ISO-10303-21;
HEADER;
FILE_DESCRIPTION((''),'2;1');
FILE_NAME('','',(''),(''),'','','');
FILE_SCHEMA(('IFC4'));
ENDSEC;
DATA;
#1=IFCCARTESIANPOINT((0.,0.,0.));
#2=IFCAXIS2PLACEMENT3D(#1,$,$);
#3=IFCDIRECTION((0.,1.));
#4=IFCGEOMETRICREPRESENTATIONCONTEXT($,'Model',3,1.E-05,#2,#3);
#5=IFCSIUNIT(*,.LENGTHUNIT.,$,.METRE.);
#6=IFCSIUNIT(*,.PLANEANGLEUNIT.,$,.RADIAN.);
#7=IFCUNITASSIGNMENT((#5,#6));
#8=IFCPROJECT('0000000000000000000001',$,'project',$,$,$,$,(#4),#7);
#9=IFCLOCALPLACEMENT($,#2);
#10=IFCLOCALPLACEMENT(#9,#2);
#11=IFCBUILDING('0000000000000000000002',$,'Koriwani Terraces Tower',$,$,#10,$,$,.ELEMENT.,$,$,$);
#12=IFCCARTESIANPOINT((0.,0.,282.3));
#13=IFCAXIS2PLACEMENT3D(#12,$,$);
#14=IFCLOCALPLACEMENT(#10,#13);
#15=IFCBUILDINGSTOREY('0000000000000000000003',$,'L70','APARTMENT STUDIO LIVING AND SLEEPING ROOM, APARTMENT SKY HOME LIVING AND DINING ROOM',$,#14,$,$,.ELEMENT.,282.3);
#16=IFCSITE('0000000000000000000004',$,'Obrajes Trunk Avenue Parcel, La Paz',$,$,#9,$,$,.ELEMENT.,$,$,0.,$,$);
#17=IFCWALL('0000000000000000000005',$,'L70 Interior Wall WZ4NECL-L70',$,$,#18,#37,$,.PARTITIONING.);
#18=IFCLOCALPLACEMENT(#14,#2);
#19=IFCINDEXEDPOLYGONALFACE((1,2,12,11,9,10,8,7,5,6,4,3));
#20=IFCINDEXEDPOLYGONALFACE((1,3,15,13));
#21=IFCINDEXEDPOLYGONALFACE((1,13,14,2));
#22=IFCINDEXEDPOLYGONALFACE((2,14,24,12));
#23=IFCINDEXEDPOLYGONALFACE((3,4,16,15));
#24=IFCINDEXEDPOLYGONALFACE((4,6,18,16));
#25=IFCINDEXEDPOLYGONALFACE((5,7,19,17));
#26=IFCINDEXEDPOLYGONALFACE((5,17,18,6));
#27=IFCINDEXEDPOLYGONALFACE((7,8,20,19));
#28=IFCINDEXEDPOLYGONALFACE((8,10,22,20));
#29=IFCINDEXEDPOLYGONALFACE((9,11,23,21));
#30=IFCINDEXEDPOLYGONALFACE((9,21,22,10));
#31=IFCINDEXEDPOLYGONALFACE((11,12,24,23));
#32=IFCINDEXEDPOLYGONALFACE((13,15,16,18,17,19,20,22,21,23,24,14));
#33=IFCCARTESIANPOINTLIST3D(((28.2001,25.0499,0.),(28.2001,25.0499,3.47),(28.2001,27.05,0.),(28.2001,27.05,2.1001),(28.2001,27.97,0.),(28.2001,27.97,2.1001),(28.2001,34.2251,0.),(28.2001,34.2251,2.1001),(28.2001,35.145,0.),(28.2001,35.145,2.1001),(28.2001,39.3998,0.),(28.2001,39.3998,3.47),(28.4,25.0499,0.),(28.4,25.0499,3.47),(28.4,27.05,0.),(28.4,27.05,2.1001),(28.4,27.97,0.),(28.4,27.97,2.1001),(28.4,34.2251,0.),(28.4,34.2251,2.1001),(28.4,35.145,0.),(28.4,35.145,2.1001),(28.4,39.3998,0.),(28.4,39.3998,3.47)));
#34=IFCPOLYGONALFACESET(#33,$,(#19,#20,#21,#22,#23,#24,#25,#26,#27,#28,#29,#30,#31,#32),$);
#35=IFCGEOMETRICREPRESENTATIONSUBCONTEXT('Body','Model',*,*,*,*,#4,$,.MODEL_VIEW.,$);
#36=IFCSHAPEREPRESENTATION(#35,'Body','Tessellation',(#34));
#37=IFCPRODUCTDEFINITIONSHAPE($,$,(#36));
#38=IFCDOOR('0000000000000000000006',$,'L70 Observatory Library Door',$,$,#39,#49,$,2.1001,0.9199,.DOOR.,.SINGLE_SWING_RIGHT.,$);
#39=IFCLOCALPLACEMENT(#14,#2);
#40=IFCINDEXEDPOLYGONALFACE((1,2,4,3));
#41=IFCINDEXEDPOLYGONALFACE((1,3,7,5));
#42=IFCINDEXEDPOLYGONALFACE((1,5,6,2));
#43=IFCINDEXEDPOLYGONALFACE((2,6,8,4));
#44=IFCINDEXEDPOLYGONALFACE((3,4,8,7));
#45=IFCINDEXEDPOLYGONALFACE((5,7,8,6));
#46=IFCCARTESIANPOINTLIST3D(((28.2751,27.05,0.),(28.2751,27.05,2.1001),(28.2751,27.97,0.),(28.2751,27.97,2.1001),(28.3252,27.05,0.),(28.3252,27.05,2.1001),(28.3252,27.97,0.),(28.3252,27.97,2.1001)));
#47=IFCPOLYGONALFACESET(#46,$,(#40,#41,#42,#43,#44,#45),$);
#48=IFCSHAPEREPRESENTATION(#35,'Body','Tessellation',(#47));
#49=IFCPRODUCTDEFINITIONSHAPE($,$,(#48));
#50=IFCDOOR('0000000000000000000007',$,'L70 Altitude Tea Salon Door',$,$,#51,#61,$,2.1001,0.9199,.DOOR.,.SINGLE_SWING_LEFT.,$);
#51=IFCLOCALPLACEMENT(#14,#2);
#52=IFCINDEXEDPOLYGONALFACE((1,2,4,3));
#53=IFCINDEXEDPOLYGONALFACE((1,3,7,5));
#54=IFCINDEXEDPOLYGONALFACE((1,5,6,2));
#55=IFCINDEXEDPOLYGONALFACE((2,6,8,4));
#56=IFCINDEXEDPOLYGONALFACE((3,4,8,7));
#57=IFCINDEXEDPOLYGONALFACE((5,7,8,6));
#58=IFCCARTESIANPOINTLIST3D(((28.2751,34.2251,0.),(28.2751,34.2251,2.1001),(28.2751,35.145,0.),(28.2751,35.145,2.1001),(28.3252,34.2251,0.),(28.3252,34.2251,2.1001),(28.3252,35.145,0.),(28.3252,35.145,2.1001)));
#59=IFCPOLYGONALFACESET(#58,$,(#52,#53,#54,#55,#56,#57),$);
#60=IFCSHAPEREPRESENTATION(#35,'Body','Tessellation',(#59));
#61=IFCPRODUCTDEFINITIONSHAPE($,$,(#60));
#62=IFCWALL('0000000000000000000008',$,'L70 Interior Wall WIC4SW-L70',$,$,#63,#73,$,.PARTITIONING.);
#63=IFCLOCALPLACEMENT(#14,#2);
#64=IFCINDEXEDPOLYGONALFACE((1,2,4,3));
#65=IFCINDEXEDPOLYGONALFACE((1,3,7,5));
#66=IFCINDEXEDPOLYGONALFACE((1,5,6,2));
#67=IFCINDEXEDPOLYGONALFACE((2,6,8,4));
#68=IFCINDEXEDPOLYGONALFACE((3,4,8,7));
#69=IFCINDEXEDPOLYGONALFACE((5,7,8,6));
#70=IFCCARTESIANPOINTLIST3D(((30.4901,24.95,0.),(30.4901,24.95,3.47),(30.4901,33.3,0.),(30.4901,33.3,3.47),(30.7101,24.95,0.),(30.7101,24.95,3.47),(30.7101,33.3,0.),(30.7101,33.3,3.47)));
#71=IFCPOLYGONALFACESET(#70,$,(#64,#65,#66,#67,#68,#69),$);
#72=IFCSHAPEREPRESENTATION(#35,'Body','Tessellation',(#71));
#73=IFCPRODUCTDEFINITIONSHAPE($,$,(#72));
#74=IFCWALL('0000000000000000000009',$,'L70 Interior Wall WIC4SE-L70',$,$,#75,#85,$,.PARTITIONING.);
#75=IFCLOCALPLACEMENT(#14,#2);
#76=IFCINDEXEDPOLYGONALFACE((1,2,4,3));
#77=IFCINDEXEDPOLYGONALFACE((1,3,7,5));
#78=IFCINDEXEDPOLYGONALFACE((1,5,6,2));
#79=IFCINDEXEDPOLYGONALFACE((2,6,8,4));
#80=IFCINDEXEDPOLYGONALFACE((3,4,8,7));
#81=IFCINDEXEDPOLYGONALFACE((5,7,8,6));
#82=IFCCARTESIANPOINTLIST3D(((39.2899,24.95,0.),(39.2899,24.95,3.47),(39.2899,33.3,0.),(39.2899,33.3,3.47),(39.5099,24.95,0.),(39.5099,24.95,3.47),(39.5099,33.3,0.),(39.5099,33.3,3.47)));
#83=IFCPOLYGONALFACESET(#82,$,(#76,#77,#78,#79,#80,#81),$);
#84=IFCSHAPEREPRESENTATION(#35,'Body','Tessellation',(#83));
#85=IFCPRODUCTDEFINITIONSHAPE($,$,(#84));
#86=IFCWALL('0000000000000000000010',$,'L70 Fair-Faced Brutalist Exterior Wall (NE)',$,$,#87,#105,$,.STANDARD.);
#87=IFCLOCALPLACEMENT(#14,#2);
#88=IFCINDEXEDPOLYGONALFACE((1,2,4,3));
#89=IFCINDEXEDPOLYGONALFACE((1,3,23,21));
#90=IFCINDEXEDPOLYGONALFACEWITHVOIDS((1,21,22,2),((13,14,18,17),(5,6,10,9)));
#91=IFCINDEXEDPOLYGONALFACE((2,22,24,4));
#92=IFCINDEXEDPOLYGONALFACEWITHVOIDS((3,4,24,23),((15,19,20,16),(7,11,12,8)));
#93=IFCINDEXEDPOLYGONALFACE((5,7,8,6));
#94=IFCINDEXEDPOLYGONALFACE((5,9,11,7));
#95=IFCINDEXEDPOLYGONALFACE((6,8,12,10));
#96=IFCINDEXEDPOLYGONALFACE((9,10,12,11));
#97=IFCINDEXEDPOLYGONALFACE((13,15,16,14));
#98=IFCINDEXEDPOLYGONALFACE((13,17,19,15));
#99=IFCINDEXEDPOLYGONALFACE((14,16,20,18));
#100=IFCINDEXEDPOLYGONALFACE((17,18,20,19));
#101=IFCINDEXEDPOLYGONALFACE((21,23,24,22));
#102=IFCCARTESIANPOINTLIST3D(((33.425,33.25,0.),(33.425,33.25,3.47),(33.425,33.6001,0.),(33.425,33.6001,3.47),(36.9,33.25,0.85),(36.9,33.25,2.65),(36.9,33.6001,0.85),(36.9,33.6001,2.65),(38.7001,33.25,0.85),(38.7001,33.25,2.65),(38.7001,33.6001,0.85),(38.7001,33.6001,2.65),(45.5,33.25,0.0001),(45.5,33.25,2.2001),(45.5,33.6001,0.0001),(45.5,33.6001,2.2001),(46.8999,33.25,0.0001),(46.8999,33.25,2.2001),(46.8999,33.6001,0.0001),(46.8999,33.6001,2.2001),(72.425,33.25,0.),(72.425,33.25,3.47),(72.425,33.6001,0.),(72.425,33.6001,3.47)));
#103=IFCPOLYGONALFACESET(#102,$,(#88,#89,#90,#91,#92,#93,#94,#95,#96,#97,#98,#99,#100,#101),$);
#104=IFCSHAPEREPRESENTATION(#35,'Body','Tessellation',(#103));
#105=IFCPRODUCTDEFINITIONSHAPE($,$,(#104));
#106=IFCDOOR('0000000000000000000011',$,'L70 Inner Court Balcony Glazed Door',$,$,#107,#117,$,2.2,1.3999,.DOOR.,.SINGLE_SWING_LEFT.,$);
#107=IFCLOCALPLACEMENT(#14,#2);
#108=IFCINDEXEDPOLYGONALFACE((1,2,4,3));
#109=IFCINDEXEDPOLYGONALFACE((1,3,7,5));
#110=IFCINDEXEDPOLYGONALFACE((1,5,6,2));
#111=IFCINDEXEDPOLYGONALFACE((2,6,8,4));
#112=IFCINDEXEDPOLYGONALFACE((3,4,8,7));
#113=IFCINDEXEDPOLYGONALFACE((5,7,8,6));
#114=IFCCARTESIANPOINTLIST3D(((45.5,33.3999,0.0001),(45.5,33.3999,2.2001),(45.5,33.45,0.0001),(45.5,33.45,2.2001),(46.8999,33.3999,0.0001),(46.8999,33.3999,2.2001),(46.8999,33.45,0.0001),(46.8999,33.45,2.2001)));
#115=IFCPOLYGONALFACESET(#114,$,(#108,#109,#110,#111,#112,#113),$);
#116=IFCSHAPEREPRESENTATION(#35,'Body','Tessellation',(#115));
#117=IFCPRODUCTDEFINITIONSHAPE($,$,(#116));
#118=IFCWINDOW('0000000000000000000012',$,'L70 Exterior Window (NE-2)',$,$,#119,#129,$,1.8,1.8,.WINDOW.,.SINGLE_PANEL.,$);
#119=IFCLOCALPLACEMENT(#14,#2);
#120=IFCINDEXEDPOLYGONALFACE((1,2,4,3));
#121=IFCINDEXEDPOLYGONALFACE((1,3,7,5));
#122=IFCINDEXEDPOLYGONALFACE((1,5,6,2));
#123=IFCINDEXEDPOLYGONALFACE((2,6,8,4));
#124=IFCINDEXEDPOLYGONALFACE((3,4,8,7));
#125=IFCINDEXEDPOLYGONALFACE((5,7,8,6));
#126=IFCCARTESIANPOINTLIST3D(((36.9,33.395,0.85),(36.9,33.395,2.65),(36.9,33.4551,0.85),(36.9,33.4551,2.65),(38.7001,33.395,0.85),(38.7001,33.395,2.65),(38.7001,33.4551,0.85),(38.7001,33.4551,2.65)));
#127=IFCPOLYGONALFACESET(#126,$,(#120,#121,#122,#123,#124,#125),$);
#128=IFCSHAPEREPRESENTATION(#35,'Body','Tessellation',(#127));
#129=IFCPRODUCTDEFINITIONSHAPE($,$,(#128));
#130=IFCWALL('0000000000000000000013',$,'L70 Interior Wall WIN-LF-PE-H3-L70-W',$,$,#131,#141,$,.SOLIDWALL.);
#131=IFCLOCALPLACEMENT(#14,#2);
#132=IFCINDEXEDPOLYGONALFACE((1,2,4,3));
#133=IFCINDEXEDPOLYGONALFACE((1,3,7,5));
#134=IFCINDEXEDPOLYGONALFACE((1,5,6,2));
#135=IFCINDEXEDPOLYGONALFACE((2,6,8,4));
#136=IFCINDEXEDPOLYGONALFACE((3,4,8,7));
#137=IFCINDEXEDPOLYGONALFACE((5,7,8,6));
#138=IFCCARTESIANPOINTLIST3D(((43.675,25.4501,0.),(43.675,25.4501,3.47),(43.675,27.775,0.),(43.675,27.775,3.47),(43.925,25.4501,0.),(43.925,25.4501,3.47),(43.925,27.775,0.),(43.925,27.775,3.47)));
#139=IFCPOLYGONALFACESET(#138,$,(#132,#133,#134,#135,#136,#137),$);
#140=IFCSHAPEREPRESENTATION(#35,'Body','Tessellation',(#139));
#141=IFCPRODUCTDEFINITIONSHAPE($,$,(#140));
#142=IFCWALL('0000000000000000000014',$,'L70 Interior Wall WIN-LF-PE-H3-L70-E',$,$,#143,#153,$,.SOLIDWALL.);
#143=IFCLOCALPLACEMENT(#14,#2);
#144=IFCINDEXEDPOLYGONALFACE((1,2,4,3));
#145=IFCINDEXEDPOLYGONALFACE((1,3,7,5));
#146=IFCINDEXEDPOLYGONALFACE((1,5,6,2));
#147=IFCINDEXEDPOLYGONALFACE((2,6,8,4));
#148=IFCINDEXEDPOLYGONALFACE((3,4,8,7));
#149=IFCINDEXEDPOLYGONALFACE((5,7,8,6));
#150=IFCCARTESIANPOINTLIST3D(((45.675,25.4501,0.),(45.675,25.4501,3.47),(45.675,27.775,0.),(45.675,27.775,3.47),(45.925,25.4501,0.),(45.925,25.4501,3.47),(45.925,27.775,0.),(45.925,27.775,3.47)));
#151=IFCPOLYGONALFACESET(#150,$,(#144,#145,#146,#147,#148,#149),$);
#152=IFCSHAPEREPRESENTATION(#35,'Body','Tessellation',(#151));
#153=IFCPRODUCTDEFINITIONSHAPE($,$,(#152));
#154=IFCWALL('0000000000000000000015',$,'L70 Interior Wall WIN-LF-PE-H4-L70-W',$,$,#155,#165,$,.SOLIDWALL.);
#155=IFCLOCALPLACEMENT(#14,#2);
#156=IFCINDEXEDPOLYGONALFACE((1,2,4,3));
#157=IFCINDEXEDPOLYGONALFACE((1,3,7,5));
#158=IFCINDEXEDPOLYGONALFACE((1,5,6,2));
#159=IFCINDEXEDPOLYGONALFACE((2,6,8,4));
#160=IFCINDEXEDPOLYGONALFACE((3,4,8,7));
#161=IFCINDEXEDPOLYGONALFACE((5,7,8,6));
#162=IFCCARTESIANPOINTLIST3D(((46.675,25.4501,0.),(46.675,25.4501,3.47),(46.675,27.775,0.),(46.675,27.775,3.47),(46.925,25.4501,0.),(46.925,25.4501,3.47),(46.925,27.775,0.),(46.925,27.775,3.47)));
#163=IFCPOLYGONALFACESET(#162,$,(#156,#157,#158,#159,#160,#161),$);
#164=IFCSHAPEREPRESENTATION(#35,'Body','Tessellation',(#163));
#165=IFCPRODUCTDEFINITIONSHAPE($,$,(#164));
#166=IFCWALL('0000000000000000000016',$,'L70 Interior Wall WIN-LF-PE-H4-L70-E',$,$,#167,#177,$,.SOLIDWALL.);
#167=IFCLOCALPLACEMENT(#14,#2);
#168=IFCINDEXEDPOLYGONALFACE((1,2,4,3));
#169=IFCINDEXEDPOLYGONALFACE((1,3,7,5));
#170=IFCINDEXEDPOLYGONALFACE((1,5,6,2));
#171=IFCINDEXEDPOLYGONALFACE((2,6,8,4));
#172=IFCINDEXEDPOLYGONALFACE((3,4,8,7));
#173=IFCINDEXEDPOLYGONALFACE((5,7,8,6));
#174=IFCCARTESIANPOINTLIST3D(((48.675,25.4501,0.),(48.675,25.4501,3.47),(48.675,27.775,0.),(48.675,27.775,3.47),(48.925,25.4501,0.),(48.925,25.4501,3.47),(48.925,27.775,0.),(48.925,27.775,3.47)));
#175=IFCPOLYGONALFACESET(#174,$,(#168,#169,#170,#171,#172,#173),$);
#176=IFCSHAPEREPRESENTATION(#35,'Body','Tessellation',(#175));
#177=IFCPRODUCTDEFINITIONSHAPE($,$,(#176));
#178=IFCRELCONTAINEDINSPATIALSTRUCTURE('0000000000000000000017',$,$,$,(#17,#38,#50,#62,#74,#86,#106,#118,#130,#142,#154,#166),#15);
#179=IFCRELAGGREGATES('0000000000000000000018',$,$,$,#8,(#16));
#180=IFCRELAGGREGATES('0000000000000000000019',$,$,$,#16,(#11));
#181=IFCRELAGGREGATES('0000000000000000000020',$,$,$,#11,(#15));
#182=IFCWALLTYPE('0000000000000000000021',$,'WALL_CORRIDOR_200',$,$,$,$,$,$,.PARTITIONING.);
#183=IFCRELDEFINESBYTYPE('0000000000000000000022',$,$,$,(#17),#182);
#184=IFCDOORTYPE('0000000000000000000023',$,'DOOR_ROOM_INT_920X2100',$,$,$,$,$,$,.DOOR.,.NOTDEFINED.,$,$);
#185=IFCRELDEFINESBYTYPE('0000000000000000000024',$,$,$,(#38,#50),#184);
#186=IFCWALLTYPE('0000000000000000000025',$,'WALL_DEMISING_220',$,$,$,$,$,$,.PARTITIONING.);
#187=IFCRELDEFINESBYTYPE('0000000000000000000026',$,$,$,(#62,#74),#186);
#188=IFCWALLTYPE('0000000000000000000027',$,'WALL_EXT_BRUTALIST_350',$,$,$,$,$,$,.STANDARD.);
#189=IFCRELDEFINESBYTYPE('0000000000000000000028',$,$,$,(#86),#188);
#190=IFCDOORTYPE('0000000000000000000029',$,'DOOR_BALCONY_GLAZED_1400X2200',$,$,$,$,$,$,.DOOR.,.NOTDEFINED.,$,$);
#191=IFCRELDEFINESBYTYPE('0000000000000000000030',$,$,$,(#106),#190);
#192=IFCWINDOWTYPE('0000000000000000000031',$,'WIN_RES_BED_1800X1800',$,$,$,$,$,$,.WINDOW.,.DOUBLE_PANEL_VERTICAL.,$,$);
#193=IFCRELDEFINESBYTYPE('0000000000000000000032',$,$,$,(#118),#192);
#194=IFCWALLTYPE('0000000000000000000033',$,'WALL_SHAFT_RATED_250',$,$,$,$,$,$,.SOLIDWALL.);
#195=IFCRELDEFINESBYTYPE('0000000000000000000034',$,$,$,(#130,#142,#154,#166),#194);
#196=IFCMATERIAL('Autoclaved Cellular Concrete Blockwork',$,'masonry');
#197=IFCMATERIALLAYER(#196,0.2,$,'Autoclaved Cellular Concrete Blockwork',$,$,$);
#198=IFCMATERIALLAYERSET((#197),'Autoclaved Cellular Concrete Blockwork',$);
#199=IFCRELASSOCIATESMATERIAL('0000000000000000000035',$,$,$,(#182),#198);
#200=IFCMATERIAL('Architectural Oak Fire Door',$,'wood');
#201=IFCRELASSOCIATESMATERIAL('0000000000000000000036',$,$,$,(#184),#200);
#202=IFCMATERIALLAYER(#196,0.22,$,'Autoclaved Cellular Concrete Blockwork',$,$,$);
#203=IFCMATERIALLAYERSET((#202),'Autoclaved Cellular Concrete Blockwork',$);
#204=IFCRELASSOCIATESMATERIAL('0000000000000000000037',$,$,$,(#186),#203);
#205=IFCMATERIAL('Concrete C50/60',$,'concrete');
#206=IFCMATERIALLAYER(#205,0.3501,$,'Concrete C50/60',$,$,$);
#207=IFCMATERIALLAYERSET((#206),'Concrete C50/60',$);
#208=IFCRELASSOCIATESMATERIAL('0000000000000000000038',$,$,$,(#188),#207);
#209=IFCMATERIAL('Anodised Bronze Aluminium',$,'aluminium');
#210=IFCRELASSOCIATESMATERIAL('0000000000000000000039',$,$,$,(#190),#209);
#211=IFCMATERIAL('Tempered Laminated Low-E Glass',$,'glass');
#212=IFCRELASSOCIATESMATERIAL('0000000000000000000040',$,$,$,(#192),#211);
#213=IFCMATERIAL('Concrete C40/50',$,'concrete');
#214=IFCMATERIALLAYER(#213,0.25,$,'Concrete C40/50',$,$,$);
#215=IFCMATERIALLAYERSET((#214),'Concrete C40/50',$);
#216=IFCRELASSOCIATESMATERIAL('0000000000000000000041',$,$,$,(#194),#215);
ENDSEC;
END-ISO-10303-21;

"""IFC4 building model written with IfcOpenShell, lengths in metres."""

from ifc_helpers import new_model, si_unit, direction, frame, frame_2d, origin, place, context, subcontext, project, spatial, rectangle, extrude, material, layer, layer_set, type_object, element, fill, save


model = new_model("IFC4")

# Units and contexts
model_context = context("Model", 3, precision=1e-05, world=origin(), true_north=direction((0.0, 1.0)))
body_context = subcontext(model_context, "Body", "Model", "MODEL_VIEW")
ifc_project = project(units=[si_unit("LENGTHUNIT", "METRE"), si_unit("PLANEANGLEUNIT", "RADIAN")], contexts=[model_context])

# Site, building, storey
site_placement = place(None, origin())
site = spatial("IfcSite", under=ifc_project, at=site_placement, Name="Obrajes Trunk Avenue Parcel, La Paz", CompositionType="ELEMENT", RefElevation=0.0)
building_placement = place(site_placement, origin())
building = spatial("IfcBuilding", under=site, at=building_placement, Name="Koriwani Terraces Tower", CompositionType="ELEMENT")
storey_placement = place(building_placement, frame((0.0, 0.0, 282.3)))
storey = spatial("IfcBuildingStorey", under=building, at=storey_placement, Name="L70", Description="APARTMENT STUDIO LIVING AND SLEEPING ROOM, APARTMENT SKY HOME LIVING AND DINING ROOM", CompositionType="ELEMENT", Elevation=282.3)

# Shared definitions
ifc_material_1 = material(Name="Concrete C50/60", Category="concrete")

# Shared definitions
ifc_material_2 = material(Name="Autoclaved Cellular Concrete Blockwork", Category="masonry")
ifc_layer_1 = layer(ifc_material_2, 0.2, Name="Autoclaved Cellular Concrete Blockwork")
ifc_layer_set_1 = layer_set([ifc_layer_1], Name="Autoclaved Cellular Concrete Blockwork")
wall_type_1 = type_object("IfcWallType", Name="WALL_CORRIDOR_200", PredefinedType="PARTITIONING", material=ifc_layer_set_1)
ifc_material_3 = material(Name="Architectural Oak Fire Door", Category="wood")
door_type_1 = type_object("IfcDoorType", Name="DOOR_ROOM_INT_920X2100", OperationType="NOTDEFINED", PredefinedType="DOOR", material=ifc_material_3)

# Wall, openings, doors
wall_1_placement = place(storey_placement, frame((28.3, 25.05, 0.0), z_axis=(0.0, 0.0, 1.0), x_axis=(0.0, 1.0, 0.0)))
wall_1 = element("IfcWall", 1, at=wall_1_placement, inside=storey, type_object=wall_type_1, Name="L70 Interior Wall WZ4NECL-L70", PredefinedType="PARTITIONING", context=body_context, shape_type="SweptSolid", body=[
    extrude(rectangle(XDim=14.3499, YDim=0.2, at=frame_2d((7.1748, 0.0))), origin(), (0.0, 0.0, 1.0), 3.47),
])
opening_1_placement = place(wall_1_placement, frame((2.0, 0.0, 0.0)))
opening_1 = element("IfcOpeningElement", 2, at=opening_1_placement, cuts=wall_1, PredefinedType="OPENING", context=body_context, shape_type="SweptSolid", body=[
    extrude(rectangle(XDim=0.9199, YDim=2.1001, at=frame_2d((0.46, 1.05))), frame((0.0, 0.1099, 0.0), z_axis=(0.0, -1.0, 0.0), x_axis=(1.0, 0.0, 0.0)), (0.0, 0.0, 1.0), 0.22),
])
opening_2_placement = place(wall_1_placement, frame((9.175, 0.0, 0.0)))
opening_2 = element("IfcOpeningElement", 3, at=opening_2_placement, cuts=wall_1, PredefinedType="OPENING", context=body_context, shape_type="SweptSolid", body=[
    extrude(rectangle(XDim=0.9199, YDim=2.1001, at=frame_2d((0.46, 1.05))), frame((0.0, 0.1099, 0.0), z_axis=(0.0, -1.0, 0.0), x_axis=(1.0, 0.0, 0.0)), (0.0, 0.0, 1.0), 0.22),
])
door_1_placement = place(opening_1_placement, origin())
door_1 = element("IfcDoor", 4, at=door_1_placement, inside=storey, type_object=door_type_1, Name="L70 Observatory Library Door", OperationType="SINGLE_SWING_RIGHT", OverallHeight=2.1001, OverallWidth=0.9199, PredefinedType="DOOR", context=body_context, shape_type="SweptSolid", body=[
    extrude(rectangle(XDim=0.9199, YDim=2.1001, at=frame_2d((0.46, 1.05))), frame((0.0, 0.0249, 0.0), z_axis=(0.0, -1.0, 0.0), x_axis=(1.0, 0.0, 0.0)), (0.0, 0.0, 1.0), 0.05),
])
fill(opening_1, door_1)
door_2_placement = place(opening_2_placement, origin())
door_2 = element("IfcDoor", 5, at=door_2_placement, inside=storey, type_object=door_type_1, Name="L70 Altitude Tea Salon Door", OperationType="SINGLE_SWING_LEFT", OverallHeight=2.1001, OverallWidth=0.9199, PredefinedType="DOOR", context=body_context, shape_type="SweptSolid", body=[
    extrude(rectangle(XDim=0.9199, YDim=2.1001, at=frame_2d((0.46, 1.05))), frame((0.0, 0.0249, 0.0), z_axis=(0.0, -1.0, 0.0), x_axis=(1.0, 0.0, 0.0)), (0.0, 0.0, 1.0), 0.05),
])
fill(opening_2, door_2)

# Walls
ifc_layer_2 = layer(ifc_material_2, 0.22, Name="Autoclaved Cellular Concrete Blockwork")
ifc_layer_set_2 = layer_set([ifc_layer_2], Name="Autoclaved Cellular Concrete Blockwork")
wall_type_2 = type_object("IfcWallType", Name="WALL_DEMISING_220", PredefinedType="PARTITIONING", material=ifc_layer_set_2)
for number, where, z_axis, x_axis, name in (
    (6, (30.6001, 24.95, 0.0), (0.0, 0.0, 1.0), (0.0, 1.0, 0.0), "L70 Interior Wall WIC4SW-L70"),
    (7, (39.3999, 24.95, 0.0), (0.0, 0.0, 1.0), (0.0, 1.0, 0.0), "L70 Interior Wall WIC4SE-L70"),
):
    element("IfcWall", number, at=place(storey_placement, frame(where, z_axis=z_axis, x_axis=x_axis)), inside=storey, type_object=wall_type_2, Name=name, PredefinedType="PARTITIONING", context=body_context, shape_type="SweptSolid", body=[
        extrude(rectangle(XDim=8.3501, YDim=0.22, at=frame_2d((4.175, 0.0))), origin(), (0.0, 0.0, 1.0), 3.47),
    ])

# Wall, openings, door, window
ifc_layer_3 = layer(ifc_material_1, 0.3501, Name="Concrete C50/60")
ifc_layer_set_3 = layer_set([ifc_layer_3], Name="Concrete C50/60")
wall_type_3 = type_object("IfcWallType", Name="WALL_EXT_BRUTALIST_350", PredefinedType="STANDARD", material=ifc_layer_set_3)
wall_2_placement = place(storey_placement, frame((33.425, 33.425, 0.0), z_axis=(0.0, 0.0, 1.0), x_axis=(1.0, 0.0, 0.0)))
wall_2 = element("IfcWall", 8, at=wall_2_placement, inside=storey, type_object=wall_type_3, Name="L70 Fair-Faced Brutalist Exterior Wall (NE)", PredefinedType="STANDARD", context=body_context, shape_type="SweptSolid", body=[
    extrude(rectangle(XDim=39.0, YDim=0.3501, at=frame_2d((19.5, 0.0))), origin(), (0.0, 0.0, 1.0), 3.47),
])
opening_3_placement = place(wall_2_placement, frame((12.075, 0.0, 0.0)))
opening_3 = element("IfcOpeningElement", 9, at=opening_3_placement, cuts=wall_2, PredefinedType="OPENING", context=body_context, shape_type="SweptSolid", body=[
    extrude(rectangle(XDim=1.3999, YDim=2.2, at=frame_2d((0.7, 1.1001))), frame((0.0, 0.1851, 0.0), z_axis=(0.0, -1.0, 0.0), x_axis=(1.0, 0.0, 0.0)), (0.0, 0.0, 1.0), 0.3701),
])
opening_4_placement = place(wall_2_placement, frame((3.4751, 0.0, 0.8501)))
opening_4 = element("IfcOpeningElement", 10, at=opening_4_placement, cuts=wall_2, PredefinedType="OPENING", context=body_context, shape_type="SweptSolid", body=[
    extrude(rectangle(XDim=1.8, YDim=1.8, at=frame_2d((0.8999, 0.8999))), frame((0.0, 0.1851, 0.0), z_axis=(0.0, -1.0, 0.0), x_axis=(1.0, 0.0, 0.0)), (0.0, 0.0, 1.0), 0.3701),
])
ifc_material_4 = material(Name="Anodised Bronze Aluminium", Category="aluminium")
door_type_2 = type_object("IfcDoorType", Name="DOOR_BALCONY_GLAZED_1400X2200", OperationType="NOTDEFINED", PredefinedType="DOOR", material=ifc_material_4)
door_3_placement = place(opening_3_placement, origin())
door_3 = element("IfcDoor", 11, at=door_3_placement, inside=storey, type_object=door_type_2, Name="L70 Inner Court Balcony Glazed Door", OperationType="SINGLE_SWING_LEFT", OverallHeight=2.2, OverallWidth=1.3999, PredefinedType="DOOR", context=body_context, shape_type="SweptSolid", body=[
    extrude(rectangle(XDim=1.3999, YDim=2.2, at=frame_2d((0.7, 1.1001))), frame((0.0, 0.0249, 0.0), z_axis=(0.0, -1.0, 0.0), x_axis=(1.0, 0.0, 0.0)), (0.0, 0.0, 1.0), 0.05),
])
fill(opening_3, door_3)
ifc_material_5 = material(Name="Tempered Laminated Low-E Glass", Category="glass")
window_type = type_object("IfcWindowType", Name="WIN_RES_BED_1800X1800", PartitioningType="DOUBLE_PANEL_VERTICAL", PredefinedType="WINDOW", material=ifc_material_5)
window_placement = place(opening_4_placement, origin())
window = element("IfcWindow", 12, at=window_placement, inside=storey, type_object=window_type, Name="L70 Exterior Window (NE-2)", OverallHeight=1.8, OverallWidth=1.8, PartitioningType="SINGLE_PANEL", PredefinedType="WINDOW", context=body_context, shape_type="SweptSolid", body=[
    extrude(rectangle(XDim=1.8, YDim=1.8, at=frame_2d((0.8999, 0.8999))), frame((0.0, 0.03, 0.0), z_axis=(0.0, -1.0, 0.0), x_axis=(1.0, 0.0, 0.0)), (0.0, 0.0, 1.0), 0.0601),
])
fill(opening_4, window)

# Shared definitions
ifc_material_6 = material(Name="Concrete C40/50", Category="concrete")
ifc_layer_4 = layer(ifc_material_6, 0.25, Name="Concrete C40/50")
ifc_layer_set_4 = layer_set([ifc_layer_4], Name="Concrete C40/50")
wall_type_4 = type_object("IfcWallType", Name="WALL_SHAFT_RATED_250", PredefinedType="SOLIDWALL", material=ifc_layer_set_4)

# Walls
for number, where, z_axis, x_axis, name in (
    (13, (43.8, 25.45, 0.0), (0.0, 0.0, 1.0), (0.0, 1.0, 0.0), "L70 Interior Wall WIN-LF-PE-H3-L70-W"),
    (14, (45.8, 25.45, 0.0), (0.0, 0.0, 1.0), (0.0, 1.0, 0.0), "L70 Interior Wall WIN-LF-PE-H3-L70-E"),
):
    element("IfcWall", number, at=place(storey_placement, frame(where, z_axis=z_axis, x_axis=x_axis)), inside=storey, type_object=wall_type_4, Name=name, PredefinedType="SOLIDWALL", context=body_context, shape_type="SweptSolid", body=[
        extrude(rectangle(XDim=2.325, YDim=0.25, at=frame_2d((1.1626, 0.0))), origin(), (0.0, 0.0, 1.0), 3.47),
    ])

# Walls
for number, where, z_axis, x_axis, name in (
    (15, (46.8, 25.45, 0.0), (0.0, 0.0, 1.0), (0.0, 1.0, 0.0), "L70 Interior Wall WIN-LF-PE-H4-L70-W"),
    (16, (48.8, 25.45, 0.0), (0.0, 0.0, 1.0), (0.0, 1.0, 0.0), "L70 Interior Wall WIN-LF-PE-H4-L70-E"),
):
    element("IfcWall", number, at=place(storey_placement, frame(where, z_axis=z_axis, x_axis=x_axis)), inside=storey, type_object=wall_type_4, Name=name, PredefinedType="SOLIDWALL", context=body_context, shape_type="SweptSolid", body=[
        extrude(rectangle(XDim=2.325, YDim=0.25, at=frame_2d((1.1626, 0.0))), origin(), (0.0, 0.0, 1.0), 3.47),
    ])

save(model, "model.ifc")
